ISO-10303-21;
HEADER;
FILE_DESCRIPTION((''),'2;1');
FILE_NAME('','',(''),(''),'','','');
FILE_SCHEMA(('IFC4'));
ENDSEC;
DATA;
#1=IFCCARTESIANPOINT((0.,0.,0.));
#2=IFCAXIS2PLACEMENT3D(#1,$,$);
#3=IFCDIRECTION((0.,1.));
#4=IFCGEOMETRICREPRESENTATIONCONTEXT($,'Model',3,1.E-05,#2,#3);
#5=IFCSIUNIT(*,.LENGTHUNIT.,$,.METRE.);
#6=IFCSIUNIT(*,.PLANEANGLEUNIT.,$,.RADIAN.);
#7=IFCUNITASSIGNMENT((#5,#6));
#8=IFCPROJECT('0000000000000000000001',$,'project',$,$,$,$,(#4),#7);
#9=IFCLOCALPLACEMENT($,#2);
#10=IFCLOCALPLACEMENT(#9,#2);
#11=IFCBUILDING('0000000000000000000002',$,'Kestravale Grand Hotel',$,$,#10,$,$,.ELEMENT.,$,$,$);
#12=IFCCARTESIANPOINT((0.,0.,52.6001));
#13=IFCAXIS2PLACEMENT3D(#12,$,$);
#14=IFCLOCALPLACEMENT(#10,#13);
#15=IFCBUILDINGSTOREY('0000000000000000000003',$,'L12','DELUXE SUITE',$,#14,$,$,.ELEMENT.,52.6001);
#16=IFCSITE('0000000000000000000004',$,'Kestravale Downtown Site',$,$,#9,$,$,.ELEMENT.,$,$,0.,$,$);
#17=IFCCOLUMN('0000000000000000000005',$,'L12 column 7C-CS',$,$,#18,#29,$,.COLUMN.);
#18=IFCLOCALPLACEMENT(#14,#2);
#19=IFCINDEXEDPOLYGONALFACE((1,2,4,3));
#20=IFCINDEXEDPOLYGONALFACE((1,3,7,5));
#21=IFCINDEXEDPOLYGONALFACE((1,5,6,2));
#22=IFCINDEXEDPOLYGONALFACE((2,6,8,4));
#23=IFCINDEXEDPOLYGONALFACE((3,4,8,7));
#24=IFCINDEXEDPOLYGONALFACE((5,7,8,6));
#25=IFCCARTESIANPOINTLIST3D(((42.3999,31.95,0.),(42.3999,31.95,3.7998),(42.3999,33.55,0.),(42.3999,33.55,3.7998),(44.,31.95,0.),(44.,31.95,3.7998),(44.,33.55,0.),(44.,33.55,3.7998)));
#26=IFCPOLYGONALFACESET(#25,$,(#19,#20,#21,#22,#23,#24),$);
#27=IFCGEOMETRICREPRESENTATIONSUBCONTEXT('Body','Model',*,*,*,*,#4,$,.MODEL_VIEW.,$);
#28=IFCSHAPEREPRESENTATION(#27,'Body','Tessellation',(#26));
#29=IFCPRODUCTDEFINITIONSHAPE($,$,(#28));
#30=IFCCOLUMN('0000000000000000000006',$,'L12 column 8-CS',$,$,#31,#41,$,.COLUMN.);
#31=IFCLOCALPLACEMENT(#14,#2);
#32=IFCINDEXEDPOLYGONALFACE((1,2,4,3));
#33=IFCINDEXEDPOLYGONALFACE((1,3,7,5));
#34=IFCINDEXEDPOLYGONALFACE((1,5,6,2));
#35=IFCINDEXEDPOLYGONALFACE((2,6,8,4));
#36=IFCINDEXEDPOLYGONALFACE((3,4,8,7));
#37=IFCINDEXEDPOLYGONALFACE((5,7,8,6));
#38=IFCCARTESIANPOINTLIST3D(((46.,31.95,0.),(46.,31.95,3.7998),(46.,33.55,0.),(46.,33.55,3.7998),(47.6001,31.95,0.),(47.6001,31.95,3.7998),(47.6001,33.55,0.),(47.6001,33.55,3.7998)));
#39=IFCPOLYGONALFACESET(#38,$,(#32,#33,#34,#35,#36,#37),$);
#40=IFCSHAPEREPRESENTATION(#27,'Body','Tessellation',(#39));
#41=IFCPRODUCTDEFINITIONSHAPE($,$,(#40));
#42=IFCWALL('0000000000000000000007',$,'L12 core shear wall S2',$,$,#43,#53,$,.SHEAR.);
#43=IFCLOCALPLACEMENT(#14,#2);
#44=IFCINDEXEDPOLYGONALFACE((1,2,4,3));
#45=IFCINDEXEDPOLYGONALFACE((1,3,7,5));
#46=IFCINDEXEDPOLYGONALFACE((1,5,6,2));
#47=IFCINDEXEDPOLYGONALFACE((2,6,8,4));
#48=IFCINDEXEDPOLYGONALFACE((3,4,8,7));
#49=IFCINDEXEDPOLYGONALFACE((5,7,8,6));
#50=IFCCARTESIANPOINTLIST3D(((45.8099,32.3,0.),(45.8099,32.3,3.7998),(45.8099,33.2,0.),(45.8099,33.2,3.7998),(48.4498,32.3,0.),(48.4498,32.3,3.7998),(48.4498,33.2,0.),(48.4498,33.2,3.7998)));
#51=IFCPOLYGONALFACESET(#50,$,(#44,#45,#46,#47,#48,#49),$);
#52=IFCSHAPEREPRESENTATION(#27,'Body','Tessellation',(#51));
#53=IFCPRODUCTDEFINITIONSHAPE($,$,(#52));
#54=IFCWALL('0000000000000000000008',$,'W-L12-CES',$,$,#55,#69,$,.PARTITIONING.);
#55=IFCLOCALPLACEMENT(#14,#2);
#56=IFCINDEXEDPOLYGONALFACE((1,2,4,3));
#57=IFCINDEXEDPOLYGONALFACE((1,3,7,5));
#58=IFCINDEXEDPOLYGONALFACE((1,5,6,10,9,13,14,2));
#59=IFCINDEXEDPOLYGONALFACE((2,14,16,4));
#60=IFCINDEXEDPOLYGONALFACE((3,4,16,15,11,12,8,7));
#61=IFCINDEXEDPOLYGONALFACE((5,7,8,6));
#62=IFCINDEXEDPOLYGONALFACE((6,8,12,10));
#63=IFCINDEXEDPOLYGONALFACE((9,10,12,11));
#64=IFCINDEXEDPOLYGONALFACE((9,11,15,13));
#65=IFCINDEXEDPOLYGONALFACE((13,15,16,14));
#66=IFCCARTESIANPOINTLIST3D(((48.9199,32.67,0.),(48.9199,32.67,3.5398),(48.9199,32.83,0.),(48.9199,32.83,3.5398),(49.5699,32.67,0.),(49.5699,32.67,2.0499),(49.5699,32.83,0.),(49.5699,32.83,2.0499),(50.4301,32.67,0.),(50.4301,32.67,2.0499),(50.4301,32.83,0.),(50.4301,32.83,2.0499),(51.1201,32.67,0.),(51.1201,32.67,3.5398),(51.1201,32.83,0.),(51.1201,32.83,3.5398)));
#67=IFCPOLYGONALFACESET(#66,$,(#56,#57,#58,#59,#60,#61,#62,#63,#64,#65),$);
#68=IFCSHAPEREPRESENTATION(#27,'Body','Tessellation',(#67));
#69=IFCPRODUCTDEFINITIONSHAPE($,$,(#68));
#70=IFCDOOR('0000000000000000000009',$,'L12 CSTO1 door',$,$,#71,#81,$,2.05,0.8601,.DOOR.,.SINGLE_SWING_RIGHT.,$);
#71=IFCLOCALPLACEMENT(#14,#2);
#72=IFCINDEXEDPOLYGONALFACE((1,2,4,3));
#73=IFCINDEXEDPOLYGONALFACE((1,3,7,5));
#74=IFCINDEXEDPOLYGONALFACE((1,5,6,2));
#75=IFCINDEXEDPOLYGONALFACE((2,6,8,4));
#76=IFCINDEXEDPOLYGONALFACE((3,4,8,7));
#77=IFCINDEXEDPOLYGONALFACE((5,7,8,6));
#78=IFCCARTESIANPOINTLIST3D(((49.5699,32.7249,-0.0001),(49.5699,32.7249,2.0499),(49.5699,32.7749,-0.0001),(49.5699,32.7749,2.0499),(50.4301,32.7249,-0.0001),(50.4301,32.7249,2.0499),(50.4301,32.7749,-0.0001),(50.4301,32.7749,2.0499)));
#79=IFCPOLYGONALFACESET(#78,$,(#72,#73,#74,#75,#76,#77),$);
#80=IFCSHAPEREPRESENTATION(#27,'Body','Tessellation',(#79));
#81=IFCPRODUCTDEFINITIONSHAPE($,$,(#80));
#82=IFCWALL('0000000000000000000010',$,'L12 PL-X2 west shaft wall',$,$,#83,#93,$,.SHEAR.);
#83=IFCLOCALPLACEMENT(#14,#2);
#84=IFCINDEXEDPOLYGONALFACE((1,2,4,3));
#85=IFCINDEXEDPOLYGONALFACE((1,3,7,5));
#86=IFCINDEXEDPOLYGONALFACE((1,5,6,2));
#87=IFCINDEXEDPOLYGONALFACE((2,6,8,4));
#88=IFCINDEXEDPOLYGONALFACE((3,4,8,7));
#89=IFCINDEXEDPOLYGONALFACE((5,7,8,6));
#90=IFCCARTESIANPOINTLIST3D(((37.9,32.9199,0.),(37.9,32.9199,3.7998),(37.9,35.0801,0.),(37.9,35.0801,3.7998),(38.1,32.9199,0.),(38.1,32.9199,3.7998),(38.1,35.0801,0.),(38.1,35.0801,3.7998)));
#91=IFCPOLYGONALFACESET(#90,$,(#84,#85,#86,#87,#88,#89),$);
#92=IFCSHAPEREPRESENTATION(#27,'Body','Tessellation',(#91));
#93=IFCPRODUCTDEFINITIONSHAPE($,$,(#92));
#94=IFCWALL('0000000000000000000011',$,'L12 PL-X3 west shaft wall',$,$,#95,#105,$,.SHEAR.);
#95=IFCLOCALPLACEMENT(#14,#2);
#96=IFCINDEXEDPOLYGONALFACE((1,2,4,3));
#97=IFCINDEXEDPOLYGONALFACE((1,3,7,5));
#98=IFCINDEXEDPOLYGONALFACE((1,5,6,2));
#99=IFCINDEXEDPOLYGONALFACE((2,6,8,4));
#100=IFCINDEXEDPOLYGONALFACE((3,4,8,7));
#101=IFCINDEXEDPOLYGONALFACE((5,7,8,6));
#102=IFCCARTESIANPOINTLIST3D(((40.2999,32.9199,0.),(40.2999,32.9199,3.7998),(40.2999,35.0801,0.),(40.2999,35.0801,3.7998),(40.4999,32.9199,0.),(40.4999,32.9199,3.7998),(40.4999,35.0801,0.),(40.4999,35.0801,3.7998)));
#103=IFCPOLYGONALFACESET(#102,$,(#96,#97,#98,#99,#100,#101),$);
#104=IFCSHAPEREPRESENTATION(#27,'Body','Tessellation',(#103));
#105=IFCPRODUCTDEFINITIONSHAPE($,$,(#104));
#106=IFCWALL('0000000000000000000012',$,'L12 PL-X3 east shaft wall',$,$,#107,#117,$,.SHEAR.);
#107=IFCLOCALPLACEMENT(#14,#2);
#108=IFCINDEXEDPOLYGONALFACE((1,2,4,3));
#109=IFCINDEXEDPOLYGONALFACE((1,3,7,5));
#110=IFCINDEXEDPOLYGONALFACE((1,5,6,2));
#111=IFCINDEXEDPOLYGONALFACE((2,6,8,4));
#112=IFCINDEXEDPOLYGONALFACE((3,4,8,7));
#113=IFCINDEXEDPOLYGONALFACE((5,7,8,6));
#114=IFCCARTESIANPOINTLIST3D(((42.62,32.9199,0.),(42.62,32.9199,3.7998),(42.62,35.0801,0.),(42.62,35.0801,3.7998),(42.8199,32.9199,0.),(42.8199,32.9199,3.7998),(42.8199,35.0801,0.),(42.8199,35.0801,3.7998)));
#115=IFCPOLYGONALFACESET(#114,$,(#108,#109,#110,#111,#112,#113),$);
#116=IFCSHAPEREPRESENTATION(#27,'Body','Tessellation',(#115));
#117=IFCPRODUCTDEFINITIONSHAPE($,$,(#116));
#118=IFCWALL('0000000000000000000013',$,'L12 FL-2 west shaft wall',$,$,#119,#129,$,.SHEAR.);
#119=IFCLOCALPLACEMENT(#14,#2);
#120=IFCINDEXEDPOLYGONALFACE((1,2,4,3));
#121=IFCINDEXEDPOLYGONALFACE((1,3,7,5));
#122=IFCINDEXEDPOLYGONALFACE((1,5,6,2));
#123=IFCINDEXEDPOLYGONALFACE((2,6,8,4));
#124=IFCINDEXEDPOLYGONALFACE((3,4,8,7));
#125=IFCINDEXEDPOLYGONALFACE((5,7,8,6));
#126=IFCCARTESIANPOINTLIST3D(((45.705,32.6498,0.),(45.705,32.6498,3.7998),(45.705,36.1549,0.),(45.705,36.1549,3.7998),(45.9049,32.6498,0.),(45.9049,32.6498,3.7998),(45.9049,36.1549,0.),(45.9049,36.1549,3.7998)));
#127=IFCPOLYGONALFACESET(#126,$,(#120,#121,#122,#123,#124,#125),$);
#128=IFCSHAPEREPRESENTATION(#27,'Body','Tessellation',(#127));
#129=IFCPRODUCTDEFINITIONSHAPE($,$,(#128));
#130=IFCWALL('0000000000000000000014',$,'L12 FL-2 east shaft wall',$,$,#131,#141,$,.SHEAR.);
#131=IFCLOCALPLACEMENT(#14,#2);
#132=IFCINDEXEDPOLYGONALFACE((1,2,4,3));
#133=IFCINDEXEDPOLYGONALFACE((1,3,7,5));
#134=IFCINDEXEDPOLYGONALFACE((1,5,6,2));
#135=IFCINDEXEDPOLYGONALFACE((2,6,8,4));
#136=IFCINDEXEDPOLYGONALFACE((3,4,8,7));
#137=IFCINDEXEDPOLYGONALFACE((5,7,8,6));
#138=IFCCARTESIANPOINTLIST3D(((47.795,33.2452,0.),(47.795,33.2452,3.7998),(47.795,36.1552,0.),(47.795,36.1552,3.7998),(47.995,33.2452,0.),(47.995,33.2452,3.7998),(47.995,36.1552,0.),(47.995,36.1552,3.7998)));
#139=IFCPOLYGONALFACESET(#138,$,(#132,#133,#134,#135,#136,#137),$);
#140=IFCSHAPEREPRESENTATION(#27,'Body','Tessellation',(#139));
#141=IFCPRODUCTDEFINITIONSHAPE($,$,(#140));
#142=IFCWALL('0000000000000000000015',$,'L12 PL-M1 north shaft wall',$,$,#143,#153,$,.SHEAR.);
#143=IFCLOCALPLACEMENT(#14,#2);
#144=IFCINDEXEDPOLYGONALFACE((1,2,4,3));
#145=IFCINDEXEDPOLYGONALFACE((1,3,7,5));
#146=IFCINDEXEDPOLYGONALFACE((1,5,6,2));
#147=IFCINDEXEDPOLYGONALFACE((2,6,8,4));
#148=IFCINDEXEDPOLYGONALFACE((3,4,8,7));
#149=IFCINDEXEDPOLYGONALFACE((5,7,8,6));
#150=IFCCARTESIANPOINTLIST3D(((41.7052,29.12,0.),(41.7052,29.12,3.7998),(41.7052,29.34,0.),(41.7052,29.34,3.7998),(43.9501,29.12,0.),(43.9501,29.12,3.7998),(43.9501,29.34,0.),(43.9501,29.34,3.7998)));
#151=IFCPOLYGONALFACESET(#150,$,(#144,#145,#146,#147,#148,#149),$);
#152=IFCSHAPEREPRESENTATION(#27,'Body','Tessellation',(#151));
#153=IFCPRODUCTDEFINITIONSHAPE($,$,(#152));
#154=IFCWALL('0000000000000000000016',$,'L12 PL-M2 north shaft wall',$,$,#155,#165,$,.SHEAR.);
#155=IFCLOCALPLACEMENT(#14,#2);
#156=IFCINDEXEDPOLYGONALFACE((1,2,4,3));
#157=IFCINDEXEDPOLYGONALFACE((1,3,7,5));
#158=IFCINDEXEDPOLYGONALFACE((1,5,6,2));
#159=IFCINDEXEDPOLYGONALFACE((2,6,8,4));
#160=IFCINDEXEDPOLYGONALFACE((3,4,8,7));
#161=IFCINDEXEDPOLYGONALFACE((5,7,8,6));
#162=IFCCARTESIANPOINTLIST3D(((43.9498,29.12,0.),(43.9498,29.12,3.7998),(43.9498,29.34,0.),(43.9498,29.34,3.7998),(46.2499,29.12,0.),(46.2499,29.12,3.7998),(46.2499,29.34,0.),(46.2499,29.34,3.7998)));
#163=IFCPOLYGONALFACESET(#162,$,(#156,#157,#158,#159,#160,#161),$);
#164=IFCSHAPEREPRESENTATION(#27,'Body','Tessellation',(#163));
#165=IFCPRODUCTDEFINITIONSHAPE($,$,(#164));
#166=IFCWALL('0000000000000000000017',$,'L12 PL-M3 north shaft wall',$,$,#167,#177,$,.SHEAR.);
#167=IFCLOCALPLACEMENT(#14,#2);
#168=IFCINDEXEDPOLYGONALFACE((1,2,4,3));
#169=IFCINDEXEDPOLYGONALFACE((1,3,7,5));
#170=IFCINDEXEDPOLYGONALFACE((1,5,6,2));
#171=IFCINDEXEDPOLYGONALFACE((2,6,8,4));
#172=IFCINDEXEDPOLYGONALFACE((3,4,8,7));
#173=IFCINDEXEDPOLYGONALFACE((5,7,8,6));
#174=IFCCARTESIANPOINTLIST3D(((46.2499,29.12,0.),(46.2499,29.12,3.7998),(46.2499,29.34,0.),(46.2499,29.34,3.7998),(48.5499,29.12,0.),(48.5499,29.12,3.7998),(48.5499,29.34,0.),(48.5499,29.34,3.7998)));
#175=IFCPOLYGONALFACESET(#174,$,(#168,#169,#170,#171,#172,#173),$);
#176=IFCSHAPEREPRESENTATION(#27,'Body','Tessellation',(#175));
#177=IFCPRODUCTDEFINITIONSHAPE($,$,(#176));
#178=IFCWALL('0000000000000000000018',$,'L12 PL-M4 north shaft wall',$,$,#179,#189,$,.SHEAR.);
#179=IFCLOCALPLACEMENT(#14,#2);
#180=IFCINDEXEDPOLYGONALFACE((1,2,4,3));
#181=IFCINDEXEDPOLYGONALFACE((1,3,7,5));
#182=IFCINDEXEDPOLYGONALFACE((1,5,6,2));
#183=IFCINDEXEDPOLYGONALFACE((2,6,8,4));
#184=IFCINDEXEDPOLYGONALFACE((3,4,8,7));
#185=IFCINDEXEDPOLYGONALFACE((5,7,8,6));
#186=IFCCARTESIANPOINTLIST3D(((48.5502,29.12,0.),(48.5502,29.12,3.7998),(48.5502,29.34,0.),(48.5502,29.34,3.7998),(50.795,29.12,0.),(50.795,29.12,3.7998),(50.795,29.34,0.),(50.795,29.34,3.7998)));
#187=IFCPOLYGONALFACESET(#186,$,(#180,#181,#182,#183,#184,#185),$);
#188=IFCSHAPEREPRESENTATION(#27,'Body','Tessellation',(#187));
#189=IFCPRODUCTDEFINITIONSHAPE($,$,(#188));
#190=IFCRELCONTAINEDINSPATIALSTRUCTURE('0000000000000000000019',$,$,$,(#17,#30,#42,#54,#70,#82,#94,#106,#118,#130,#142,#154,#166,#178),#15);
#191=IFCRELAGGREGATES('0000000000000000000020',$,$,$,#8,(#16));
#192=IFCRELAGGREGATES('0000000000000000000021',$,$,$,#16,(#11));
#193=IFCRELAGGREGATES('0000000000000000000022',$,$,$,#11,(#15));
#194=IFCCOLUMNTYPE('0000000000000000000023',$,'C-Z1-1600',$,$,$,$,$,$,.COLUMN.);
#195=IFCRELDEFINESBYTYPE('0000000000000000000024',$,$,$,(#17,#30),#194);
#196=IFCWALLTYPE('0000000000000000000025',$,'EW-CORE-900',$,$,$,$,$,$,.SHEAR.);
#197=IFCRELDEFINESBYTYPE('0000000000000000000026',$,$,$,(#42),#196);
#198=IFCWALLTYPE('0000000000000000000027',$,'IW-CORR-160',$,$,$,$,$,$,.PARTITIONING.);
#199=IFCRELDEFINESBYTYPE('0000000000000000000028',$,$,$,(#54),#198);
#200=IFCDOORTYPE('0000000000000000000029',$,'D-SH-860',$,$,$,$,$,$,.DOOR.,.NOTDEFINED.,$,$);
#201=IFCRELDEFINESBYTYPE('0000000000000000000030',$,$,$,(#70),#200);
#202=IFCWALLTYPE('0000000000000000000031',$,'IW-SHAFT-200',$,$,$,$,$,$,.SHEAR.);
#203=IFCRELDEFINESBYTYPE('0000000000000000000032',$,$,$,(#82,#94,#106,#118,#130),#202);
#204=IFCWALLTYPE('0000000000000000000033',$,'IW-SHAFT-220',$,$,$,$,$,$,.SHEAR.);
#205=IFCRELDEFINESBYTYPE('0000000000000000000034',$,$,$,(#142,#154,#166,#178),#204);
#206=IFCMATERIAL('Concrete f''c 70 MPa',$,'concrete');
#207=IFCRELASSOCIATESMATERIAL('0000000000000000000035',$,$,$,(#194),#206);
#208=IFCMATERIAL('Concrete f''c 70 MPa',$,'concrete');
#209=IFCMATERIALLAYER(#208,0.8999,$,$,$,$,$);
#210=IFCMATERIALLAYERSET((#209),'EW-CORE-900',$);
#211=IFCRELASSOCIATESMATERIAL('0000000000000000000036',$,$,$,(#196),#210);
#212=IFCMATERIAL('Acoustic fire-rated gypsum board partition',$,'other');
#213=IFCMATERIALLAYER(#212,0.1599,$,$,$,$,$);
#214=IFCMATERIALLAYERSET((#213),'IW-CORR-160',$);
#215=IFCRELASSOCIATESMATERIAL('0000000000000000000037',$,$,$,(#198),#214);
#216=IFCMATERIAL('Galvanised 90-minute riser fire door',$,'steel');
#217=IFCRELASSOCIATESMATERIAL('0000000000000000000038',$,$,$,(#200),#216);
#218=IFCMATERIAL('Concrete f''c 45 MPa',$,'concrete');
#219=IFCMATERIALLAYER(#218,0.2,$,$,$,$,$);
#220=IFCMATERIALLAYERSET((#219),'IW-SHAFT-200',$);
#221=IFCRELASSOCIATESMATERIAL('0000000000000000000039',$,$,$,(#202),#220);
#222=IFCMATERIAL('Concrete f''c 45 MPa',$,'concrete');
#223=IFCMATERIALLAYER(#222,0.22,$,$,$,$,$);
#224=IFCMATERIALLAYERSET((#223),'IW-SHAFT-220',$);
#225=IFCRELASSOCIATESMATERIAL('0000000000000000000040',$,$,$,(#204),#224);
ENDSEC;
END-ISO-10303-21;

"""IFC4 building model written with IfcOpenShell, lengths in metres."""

from ifc_helpers import new_model, si_unit, direction, frame, frame_2d, origin, origin_2d, place, context, subcontext, project, spatial, rectangle, extrude, material, layer, layer_set, material_profile, profile_set, type_object, element, fill, save


model = new_model("IFC4")

# Units and contexts
model_context = context("Model", 3, precision=1e-05, world=origin(), true_north=direction((0.0, 1.0)))
body_context = subcontext(model_context, "Body", "Model", "MODEL_VIEW")
ifc_project = project(units=[si_unit("LENGTHUNIT", "METRE"), si_unit("PLANEANGLEUNIT", "RADIAN")], contexts=[model_context])

# Site, building, storey
site_placement = place(None, origin())
site = spatial("IfcSite", under=ifc_project, at=site_placement, Name="Kestravale Downtown Site", CompositionType="ELEMENT", RefElevation=0.0)
building_placement = place(site_placement, origin())
building = spatial("IfcBuilding", under=site, at=building_placement, Name="Kestravale Grand Hotel", CompositionType="ELEMENT")
storey_placement = place(building_placement, frame((0.0, 0.0, 52.6001)))
storey = spatial("IfcBuildingStorey", under=building, at=storey_placement, Name="L12", Description="DELUXE SUITE", CompositionType="ELEMENT", Elevation=52.6001)

# Columns
ifc_material_1 = material(Name="Concrete f'c 70 MPa", Category="concrete")
ifc_material_profile = material_profile(ifc_material_1, rectangle(XDim=1.6001, YDim=1.6001, at=origin_2d()))
ifc_profile_set = profile_set([ifc_material_profile], Name="Concrete f'c 70 MPa")
column_type = type_object("IfcColumnType", Name="C-Z1-1600", PredefinedType="COLUMN", material=ifc_profile_set)
for number, where, z_axis, x_axis, name in (
    (1, (43.2, 32.75, 0.0), (0.0, 0.0, 1.0), (1.0, 0.0, 0.0), "L12 column 7C-CS"),
    (2, (46.8, 32.75, 0.0), (0.0, 0.0, 1.0), (1.0, 0.0, 0.0), "L12 column 8-CS"),
):
    element("IfcColumn", number, at=place(storey_placement, frame(where, z_axis=z_axis, x_axis=x_axis)), inside=storey, type_object=column_type, Name=name, PredefinedType="COLUMN", context=body_context, shape_type="SweptSolid", body=[
        extrude(rectangle(XDim=1.6001, YDim=1.6001, at=origin_2d()), origin(), (0.0, 0.0, 1.0), 3.7998),
    ])

# Wall
ifc_material_2 = material(Name="Concrete f'c 70 MPa", Category="concrete")
ifc_layer_1 = layer(ifc_material_2, 0.8999)
ifc_layer_set_1 = layer_set([ifc_layer_1], Name="EW-CORE-900")
wall_type_1 = type_object("IfcWallType", Name="EW-CORE-900", PredefinedType="SHEAR", material=ifc_layer_set_1)
wall_1_placement = place(storey_placement, frame((45.8101, 32.75, 0.0), z_axis=(0.0, 0.0, 1.0), x_axis=(1.0, 0.0, 0.0)))
element("IfcWall", 3, at=wall_1_placement, inside=storey, type_object=wall_type_1, Name="L12 core shear wall S2", PredefinedType="SHEAR", context=body_context, shape_type="SweptSolid", body=[
    extrude(rectangle(XDim=2.6399, YDim=0.8999, at=frame_2d((1.3198, 0.0))), origin(), (0.0, 0.0, 1.0), 3.7998),
])

# Wall, opening, door
ifc_material_3 = material(Name="Acoustic fire-rated gypsum board partition", Category="other")
ifc_layer_2 = layer(ifc_material_3, 0.1599)
ifc_layer_set_2 = layer_set([ifc_layer_2], Name="IW-CORR-160")
wall_type_2 = type_object("IfcWallType", Name="IW-CORR-160", PredefinedType="PARTITIONING", material=ifc_layer_set_2)
wall_2_placement = place(storey_placement, frame((48.9199, 32.75, 0.0), z_axis=(0.0, 0.0, 1.0), x_axis=(1.0, 0.0, 0.0)))
wall_2 = element("IfcWall", 4, at=wall_2_placement, inside=storey, type_object=wall_type_2, Name="W-L12-CES", PredefinedType="PARTITIONING", context=body_context, shape_type="SweptSolid", body=[
    extrude(rectangle(XDim=2.2002, YDim=0.1599, at=frame_2d((1.1001, 0.0))), origin(), (0.0, 0.0, 1.0), 3.5398),
])
opening_1_placement = place(wall_2_placement, frame((0.6499, 0.0, 0.0)))
opening_1 = element("IfcOpeningElement", 5, at=opening_1_placement, cuts=wall_2, PredefinedType="OPENING", context=body_context, shape_type="SweptSolid", body=[
    extrude(rectangle(XDim=0.8601, YDim=2.05, at=frame_2d((0.4302, 1.0249))), frame((0.0, 0.0898, 0.0), z_axis=(0.0, -1.0, 0.0), x_axis=(1.0, 0.0, 0.0)), (0.0, 0.0, 1.0), 0.1799),
])
ifc_material_4 = material(Name="Galvanised 90-minute riser fire door", Category="steel")
door_type_1 = type_object("IfcDoorType", Name="D-SH-860", OperationType="NOTDEFINED", PredefinedType="DOOR", material=ifc_material_4)
door_1_placement = place(opening_1_placement, origin())
door_1 = element("IfcDoor", 6, at=door_1_placement, inside=storey, type_object=door_type_1, Name="L12 CSTO1 door", OperationType="SINGLE_SWING_RIGHT", OverallHeight=2.05, OverallWidth=0.8601, PredefinedType="DOOR", context=body_context, shape_type="SweptSolid", body=[
    extrude(rectangle(XDim=0.8601, YDim=2.05, at=frame_2d((0.4302, 1.0249))), frame((0.0, 0.0249, 0.0), z_axis=(0.0, -1.0, 0.0), x_axis=(1.0, 0.0, 0.0)), (0.0, 0.0, 1.0), 0.05),
])
fill(opening_1, door_1)

# Walls
ifc_material_5 = material(Name="Concrete f'c 45 MPa", Category="concrete")
ifc_layer_3 = layer(ifc_material_5, 0.2)
ifc_layer_set_3 = layer_set([ifc_layer_3], Name="IW-SHAFT-200")
wall_type_3 = type_object("IfcWallType", Name="IW-SHAFT-200", PredefinedType="SHEAR", material=ifc_layer_set_3)
for number, where, z_axis, x_axis, name in (
    (7, (38.0, 32.9199, 0.0), (0.0, 0.0, 1.0), (0.0, 1.0, 0.0), "L12 PL-X2 west shaft wall"),
    (8, (40.3999, 32.9199, 0.0), (0.0, 0.0, 1.0), (0.0, 1.0, 0.0), "L12 PL-X3 west shaft wall"),
    (9, (42.72, 32.9199, 0.0), (0.0, 0.0, 1.0), (0.0, 1.0, 0.0), "L12 PL-X3 east shaft wall"),
):
    element("IfcWall", number, at=place(storey_placement, frame(where, z_axis=z_axis, x_axis=x_axis)), inside=storey, type_object=wall_type_3, Name=name, PredefinedType="SHEAR", context=body_context, shape_type="SweptSolid", body=[
        extrude(rectangle(XDim=2.1602, YDim=0.2, at=frame_2d((1.0801, 0.0))), origin(), (0.0, 0.0, 1.0), 3.7998),
    ])
wall_3_placement = place(storey_placement, frame((45.8049, 32.6499, 0.0), z_axis=(0.0, 0.0, 1.0), x_axis=(0.0, 1.0, 0.0)))
element("IfcWall", 10, at=wall_3_placement, inside=storey, type_object=wall_type_3, Name="L12 FL-2 west shaft wall", PredefinedType="SHEAR", context=body_context, shape_type="SweptSolid", body=[
    extrude(rectangle(XDim=3.5051, YDim=0.2, at=frame_2d((1.7524, 0.0))), origin(), (0.0, 0.0, 1.0), 3.7998),
])
wall_4_placement = place(storey_placement, frame((47.895, 33.2451, 0.0), z_axis=(0.0, 0.0, 1.0), x_axis=(0.0, 1.0, 0.0)))
element("IfcWall", 11, at=wall_4_placement, inside=storey, type_object=wall_type_3, Name="L12 FL-2 east shaft wall", PredefinedType="SHEAR", context=body_context, shape_type="SweptSolid", body=[
    extrude(rectangle(XDim=2.9099, YDim=0.2, at=frame_2d((1.4551, 0.0))), origin(), (0.0, 0.0, 1.0), 3.7998),
])
ifc_material_6 = material(Name="Concrete f'c 45 MPa", Category="concrete")
ifc_layer_4 = layer(ifc_material_6, 0.22)
ifc_layer_set_4 = layer_set([ifc_layer_4], Name="IW-SHAFT-220")
wall_type_4 = type_object("IfcWallType", Name="IW-SHAFT-220", PredefinedType="SHEAR", material=ifc_layer_set_4)
wall_5_placement = place(storey_placement, frame((41.7051, 29.23, 0.0), z_axis=(0.0, 0.0, 1.0), x_axis=(1.0, 0.0, 0.0)))
element("IfcWall", 12, at=wall_5_placement, inside=storey, type_object=wall_type_4, Name="L12 PL-M1 north shaft wall", PredefinedType="SHEAR", context=body_context, shape_type="SweptSolid", body=[
    extrude(rectangle(XDim=2.2449, YDim=0.22, at=frame_2d((1.1226, 0.0))), origin(), (0.0, 0.0, 1.0), 3.7998),
])
for number, where, z_axis, x_axis, name in (
    (13, (43.95, 29.23, 0.0), (0.0, 0.0, 1.0), (1.0, 0.0, 0.0), "L12 PL-M2 north shaft wall"),
    (14, (46.25, 29.23, 0.0), (0.0, 0.0, 1.0), (1.0, 0.0, 0.0), "L12 PL-M3 north shaft wall"),
):
    element("IfcWall", number, at=place(storey_placement, frame(where, z_axis=z_axis, x_axis=x_axis)), inside=storey, type_object=wall_type_4, Name=name, PredefinedType="SHEAR", context=body_context, shape_type="SweptSolid", body=[
        extrude(rectangle(XDim=2.3, YDim=0.22, at=frame_2d((1.1499, 0.0))), origin(), (0.0, 0.0, 1.0), 3.7998),
    ])
wall_6_placement = place(storey_placement, frame((48.55, 29.23, 0.0), z_axis=(0.0, 0.0, 1.0), x_axis=(1.0, 0.0, 0.0)))
element("IfcWall", 15, at=wall_6_placement, inside=storey, type_object=wall_type_4, Name="L12 PL-M4 north shaft wall", PredefinedType="SHEAR", context=body_context, shape_type="SweptSolid", body=[
    extrude(rectangle(XDim=2.2449, YDim=0.22, at=frame_2d((1.1226, 0.0))), origin(), (0.0, 0.0, 1.0), 3.7998),
])

save(model, "model.ifc")
